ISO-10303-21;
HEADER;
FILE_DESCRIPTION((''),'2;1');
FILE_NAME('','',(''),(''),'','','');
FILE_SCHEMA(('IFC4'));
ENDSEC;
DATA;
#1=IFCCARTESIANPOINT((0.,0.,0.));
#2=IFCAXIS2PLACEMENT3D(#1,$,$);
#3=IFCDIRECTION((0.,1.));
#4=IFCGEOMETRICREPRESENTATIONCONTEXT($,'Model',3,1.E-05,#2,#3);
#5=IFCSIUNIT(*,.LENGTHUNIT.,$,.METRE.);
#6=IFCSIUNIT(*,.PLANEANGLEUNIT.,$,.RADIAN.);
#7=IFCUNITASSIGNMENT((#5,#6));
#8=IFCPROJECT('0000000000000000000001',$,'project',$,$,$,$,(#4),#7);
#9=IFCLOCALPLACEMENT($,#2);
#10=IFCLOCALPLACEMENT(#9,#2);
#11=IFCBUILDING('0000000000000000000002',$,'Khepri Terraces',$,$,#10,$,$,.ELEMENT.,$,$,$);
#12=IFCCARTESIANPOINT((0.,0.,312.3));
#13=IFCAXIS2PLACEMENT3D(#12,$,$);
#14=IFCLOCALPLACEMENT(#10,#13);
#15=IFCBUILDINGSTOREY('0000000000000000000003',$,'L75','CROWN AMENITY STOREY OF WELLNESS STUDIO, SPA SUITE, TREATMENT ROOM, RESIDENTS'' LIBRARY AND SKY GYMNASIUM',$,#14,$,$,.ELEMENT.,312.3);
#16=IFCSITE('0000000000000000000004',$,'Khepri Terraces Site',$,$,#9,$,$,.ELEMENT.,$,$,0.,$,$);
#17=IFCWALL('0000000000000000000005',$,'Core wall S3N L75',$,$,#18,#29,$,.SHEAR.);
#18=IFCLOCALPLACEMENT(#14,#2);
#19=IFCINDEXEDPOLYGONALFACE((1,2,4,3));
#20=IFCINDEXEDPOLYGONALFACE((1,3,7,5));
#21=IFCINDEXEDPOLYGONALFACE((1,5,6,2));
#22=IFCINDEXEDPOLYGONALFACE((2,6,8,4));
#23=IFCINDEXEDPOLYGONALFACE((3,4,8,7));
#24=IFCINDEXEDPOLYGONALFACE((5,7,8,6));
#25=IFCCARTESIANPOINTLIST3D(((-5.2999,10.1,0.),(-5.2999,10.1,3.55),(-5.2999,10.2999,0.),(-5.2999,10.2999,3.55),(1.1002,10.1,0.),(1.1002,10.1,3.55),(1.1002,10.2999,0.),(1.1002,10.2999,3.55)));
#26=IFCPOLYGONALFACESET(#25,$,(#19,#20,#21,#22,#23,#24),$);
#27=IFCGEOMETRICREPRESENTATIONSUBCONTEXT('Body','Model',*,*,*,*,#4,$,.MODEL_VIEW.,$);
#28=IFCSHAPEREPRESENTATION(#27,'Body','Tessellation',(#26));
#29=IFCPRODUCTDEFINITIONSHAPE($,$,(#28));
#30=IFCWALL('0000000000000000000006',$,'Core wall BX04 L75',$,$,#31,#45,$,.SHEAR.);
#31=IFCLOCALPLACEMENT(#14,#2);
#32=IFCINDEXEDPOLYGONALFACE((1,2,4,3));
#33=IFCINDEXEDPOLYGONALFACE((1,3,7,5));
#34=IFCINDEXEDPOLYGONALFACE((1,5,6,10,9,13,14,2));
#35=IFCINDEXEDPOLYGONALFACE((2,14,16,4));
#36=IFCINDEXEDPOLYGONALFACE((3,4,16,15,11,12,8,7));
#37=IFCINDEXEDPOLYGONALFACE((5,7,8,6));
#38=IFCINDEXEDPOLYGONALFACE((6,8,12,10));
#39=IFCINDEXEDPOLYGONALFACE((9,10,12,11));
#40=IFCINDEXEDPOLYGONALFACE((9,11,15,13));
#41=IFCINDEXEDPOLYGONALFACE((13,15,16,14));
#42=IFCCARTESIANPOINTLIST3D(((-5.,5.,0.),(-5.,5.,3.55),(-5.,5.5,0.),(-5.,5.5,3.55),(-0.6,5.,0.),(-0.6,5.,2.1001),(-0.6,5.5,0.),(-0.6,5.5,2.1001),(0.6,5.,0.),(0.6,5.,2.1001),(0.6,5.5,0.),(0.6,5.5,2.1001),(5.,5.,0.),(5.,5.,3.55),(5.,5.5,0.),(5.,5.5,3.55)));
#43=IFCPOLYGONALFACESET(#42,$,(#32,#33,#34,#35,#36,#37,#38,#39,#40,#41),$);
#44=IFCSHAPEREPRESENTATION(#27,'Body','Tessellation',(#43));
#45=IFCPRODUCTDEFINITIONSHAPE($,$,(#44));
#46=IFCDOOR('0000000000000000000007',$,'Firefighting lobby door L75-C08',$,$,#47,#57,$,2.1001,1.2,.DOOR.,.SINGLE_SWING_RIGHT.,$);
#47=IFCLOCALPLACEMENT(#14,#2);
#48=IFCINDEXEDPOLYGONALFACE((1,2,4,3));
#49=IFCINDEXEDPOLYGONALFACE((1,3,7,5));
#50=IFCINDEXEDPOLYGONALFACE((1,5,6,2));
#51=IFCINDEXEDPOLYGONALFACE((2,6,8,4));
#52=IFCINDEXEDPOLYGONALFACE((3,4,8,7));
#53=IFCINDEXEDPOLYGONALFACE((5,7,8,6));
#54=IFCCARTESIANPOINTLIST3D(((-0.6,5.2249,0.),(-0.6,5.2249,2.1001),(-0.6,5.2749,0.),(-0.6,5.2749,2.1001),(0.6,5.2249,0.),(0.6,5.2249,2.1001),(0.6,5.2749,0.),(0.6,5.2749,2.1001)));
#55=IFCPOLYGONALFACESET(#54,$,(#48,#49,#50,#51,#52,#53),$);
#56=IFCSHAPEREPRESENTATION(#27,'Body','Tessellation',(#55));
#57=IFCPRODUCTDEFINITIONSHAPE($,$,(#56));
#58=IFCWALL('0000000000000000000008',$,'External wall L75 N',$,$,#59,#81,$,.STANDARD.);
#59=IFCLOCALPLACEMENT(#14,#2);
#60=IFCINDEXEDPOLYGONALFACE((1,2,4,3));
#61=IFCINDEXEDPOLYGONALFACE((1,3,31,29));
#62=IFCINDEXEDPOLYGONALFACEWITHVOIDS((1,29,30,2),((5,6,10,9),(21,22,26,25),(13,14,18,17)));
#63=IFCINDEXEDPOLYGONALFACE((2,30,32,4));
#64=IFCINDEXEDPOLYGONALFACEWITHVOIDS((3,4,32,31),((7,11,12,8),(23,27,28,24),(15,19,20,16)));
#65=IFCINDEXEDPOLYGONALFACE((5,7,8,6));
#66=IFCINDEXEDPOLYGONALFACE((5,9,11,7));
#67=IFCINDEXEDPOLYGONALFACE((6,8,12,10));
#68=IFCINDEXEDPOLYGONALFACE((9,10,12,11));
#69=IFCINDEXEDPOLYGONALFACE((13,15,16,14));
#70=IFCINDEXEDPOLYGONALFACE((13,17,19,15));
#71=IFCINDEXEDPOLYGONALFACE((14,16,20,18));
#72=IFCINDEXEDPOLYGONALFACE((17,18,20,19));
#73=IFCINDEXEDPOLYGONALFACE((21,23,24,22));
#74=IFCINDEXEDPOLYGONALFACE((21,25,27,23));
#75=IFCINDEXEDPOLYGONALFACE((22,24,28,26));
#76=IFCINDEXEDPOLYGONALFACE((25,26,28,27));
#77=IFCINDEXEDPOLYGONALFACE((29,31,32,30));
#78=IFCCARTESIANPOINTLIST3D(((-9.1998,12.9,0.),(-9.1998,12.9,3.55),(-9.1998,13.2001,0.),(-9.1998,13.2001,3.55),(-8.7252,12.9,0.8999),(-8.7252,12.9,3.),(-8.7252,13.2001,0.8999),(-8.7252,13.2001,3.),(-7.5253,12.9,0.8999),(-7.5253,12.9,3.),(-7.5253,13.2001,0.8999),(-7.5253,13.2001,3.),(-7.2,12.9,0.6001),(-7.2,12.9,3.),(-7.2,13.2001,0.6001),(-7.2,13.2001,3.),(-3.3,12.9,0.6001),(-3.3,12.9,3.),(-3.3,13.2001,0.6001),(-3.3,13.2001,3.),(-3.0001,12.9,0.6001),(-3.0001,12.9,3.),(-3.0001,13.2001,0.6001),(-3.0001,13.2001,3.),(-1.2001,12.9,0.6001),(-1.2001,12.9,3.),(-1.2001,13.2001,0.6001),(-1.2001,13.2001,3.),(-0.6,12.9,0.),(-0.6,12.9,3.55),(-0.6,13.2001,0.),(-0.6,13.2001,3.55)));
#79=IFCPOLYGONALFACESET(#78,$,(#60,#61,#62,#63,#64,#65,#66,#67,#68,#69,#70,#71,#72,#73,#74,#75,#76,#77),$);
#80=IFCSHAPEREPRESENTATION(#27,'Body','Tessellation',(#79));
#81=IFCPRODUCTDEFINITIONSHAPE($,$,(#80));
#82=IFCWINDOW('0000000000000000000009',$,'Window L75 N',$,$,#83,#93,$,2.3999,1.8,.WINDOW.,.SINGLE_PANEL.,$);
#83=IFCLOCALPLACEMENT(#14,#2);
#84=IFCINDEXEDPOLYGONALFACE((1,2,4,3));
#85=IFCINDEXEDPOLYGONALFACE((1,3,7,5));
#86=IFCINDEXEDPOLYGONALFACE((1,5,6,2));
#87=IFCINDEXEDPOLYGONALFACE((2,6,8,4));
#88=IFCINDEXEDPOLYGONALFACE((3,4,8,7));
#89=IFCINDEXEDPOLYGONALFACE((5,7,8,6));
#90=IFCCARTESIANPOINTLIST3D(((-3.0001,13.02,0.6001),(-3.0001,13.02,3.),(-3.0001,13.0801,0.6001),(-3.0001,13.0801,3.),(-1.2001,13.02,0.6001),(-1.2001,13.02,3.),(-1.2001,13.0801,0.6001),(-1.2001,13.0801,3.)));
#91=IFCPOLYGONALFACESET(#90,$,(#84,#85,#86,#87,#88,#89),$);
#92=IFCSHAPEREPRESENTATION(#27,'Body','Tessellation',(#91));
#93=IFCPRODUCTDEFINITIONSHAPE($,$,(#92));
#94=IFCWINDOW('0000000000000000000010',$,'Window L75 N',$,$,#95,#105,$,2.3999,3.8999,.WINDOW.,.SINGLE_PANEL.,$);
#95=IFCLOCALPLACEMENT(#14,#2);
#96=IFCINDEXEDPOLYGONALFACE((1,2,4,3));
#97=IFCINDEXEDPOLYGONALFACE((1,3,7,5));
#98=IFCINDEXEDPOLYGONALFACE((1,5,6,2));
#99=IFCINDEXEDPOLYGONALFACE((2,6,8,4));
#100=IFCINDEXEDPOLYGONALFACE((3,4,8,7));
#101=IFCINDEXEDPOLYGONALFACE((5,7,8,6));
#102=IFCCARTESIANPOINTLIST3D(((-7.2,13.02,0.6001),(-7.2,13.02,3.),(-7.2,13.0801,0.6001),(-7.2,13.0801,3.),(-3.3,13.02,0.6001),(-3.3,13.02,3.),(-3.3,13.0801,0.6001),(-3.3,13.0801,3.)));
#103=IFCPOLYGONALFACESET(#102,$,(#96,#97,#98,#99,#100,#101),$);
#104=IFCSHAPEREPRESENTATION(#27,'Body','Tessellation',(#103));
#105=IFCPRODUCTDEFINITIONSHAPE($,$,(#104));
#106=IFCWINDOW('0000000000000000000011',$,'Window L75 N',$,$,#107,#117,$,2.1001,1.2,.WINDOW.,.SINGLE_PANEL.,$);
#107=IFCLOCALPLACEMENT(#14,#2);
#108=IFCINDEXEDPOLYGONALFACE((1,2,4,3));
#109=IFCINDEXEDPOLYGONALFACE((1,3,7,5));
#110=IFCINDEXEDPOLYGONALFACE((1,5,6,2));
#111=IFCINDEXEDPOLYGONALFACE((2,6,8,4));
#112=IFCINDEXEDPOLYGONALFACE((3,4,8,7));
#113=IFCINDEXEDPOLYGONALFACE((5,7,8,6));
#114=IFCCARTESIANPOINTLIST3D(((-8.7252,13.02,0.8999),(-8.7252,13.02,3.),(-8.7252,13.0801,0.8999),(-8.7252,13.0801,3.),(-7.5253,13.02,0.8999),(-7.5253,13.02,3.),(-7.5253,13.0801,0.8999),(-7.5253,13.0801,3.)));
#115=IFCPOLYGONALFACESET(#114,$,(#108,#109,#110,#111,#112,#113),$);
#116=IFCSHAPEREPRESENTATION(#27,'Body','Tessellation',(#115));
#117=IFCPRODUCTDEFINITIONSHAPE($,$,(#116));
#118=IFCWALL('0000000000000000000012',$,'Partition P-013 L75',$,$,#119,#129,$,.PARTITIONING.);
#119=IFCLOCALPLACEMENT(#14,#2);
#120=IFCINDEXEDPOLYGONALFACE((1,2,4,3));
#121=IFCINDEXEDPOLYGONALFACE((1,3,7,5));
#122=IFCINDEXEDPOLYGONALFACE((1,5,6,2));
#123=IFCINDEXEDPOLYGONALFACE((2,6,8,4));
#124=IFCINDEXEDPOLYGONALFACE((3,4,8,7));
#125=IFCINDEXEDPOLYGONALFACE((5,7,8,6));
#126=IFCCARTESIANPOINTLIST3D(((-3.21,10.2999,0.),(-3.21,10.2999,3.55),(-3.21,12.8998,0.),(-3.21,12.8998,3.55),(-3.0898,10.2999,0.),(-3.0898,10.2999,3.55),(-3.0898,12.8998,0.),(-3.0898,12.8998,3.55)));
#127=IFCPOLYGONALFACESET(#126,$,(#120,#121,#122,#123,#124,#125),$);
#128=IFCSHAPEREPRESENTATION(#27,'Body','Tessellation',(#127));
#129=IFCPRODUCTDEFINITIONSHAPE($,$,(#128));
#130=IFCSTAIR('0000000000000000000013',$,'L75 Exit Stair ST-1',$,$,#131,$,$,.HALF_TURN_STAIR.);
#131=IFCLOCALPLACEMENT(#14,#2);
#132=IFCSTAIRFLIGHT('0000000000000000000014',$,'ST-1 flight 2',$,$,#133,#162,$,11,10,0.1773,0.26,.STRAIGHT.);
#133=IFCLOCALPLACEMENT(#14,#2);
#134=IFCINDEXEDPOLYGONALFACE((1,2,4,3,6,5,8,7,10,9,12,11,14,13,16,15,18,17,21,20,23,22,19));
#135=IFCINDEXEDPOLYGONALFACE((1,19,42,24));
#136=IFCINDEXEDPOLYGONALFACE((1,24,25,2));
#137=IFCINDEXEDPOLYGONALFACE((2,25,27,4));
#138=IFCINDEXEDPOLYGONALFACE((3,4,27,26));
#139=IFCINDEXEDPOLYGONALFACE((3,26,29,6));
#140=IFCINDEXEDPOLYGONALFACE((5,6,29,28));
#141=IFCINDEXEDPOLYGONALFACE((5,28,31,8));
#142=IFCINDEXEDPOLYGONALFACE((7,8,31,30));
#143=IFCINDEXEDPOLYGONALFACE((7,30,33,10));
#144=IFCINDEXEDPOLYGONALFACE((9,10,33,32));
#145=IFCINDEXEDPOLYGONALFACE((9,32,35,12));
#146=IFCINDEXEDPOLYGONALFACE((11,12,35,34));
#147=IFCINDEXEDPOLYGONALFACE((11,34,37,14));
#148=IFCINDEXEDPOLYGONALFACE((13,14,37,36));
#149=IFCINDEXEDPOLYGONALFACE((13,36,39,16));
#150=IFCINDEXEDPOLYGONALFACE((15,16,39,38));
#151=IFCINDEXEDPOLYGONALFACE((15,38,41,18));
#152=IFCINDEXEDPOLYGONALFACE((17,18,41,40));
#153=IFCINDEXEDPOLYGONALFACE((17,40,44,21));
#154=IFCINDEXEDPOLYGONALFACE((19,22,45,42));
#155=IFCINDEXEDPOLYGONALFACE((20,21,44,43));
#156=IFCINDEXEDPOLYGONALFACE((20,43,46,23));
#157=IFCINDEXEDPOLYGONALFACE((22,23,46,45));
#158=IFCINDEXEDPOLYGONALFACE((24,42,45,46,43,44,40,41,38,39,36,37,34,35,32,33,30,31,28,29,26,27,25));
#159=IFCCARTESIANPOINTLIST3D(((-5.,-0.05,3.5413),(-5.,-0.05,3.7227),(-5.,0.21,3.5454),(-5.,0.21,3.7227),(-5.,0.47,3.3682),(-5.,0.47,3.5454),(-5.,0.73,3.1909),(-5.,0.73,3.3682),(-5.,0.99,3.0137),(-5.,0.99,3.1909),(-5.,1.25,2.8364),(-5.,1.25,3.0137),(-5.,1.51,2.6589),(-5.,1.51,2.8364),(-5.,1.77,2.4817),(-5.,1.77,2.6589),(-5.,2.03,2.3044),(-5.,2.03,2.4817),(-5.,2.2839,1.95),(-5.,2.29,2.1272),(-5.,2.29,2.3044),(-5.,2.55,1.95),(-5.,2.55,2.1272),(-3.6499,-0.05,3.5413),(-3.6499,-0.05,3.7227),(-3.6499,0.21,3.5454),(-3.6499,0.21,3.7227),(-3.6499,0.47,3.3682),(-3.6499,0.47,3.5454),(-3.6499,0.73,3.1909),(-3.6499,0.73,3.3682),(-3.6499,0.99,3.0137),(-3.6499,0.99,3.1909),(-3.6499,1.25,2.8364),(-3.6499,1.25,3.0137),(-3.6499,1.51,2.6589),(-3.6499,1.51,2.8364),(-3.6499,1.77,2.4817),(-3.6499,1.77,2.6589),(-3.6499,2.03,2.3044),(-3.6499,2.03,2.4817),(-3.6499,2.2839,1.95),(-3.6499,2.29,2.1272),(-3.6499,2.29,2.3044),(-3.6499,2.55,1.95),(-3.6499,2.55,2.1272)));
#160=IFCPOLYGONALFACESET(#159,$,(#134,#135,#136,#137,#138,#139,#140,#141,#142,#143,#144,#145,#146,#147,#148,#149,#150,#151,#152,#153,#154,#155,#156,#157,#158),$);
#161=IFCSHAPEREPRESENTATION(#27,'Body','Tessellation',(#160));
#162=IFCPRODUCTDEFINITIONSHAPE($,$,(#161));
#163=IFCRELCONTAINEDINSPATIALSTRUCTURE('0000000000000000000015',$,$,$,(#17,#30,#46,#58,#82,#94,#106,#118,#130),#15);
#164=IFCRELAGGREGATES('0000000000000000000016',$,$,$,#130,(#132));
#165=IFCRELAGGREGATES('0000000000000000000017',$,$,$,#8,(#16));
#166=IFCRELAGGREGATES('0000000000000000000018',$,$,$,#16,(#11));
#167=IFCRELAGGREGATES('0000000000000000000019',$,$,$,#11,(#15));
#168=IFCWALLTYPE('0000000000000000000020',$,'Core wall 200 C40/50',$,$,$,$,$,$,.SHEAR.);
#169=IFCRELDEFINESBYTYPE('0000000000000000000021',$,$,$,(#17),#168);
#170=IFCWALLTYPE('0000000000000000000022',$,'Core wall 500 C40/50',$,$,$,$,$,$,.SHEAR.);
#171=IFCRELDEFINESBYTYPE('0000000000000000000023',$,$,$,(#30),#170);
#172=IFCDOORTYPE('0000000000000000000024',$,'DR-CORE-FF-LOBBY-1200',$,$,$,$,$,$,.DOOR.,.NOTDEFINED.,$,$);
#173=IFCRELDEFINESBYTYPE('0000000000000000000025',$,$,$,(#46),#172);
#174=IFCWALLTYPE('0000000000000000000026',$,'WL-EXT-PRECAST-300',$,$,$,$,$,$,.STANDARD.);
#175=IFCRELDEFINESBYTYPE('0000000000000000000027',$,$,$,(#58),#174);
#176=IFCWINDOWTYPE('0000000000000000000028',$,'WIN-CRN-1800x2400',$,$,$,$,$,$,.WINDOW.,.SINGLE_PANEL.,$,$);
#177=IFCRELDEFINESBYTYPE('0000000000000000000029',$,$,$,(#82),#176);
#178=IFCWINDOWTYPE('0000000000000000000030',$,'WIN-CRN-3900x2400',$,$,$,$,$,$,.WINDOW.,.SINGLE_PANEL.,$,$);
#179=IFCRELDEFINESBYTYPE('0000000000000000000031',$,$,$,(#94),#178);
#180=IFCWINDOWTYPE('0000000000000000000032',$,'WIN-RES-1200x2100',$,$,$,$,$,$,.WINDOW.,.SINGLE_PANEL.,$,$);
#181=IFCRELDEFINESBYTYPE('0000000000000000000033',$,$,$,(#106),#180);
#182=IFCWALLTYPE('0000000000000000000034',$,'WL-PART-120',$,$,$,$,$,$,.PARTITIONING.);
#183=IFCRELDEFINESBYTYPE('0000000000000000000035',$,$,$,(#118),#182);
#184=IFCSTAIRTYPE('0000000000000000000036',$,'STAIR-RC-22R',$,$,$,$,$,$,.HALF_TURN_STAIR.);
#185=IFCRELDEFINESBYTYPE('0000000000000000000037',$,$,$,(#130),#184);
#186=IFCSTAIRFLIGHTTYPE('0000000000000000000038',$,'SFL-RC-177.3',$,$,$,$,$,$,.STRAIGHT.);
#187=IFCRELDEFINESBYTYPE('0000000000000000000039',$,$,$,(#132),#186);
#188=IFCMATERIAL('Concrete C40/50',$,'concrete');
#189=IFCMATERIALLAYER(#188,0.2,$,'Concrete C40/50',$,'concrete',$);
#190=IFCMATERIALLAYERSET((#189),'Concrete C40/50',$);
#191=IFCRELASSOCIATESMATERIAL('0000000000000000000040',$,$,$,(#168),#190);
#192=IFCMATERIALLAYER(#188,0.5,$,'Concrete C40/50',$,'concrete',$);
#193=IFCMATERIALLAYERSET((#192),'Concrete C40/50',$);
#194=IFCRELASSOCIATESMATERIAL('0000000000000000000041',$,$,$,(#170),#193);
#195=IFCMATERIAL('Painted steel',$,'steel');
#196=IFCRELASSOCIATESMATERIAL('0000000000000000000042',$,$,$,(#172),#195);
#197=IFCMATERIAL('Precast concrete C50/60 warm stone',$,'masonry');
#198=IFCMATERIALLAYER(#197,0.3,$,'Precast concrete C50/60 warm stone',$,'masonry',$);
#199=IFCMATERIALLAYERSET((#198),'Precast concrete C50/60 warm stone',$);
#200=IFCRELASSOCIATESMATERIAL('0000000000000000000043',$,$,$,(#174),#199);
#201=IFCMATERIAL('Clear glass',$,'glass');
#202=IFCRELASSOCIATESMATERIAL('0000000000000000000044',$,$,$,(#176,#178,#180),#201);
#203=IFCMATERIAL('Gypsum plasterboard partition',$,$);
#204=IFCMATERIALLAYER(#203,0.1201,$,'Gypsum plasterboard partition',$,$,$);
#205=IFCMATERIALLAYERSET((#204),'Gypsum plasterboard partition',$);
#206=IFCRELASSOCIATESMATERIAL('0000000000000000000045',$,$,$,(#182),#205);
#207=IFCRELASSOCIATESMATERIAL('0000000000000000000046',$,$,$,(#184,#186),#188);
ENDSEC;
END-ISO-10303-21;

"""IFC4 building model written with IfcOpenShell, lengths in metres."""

from ifc_helpers import new_model, si_unit, direction, frame, frame_2d, origin, place, context, subcontext, project, spatial, polyline, rectangle, outline, extrude, material, layer, layer_set, type_object, element, fill, aggregate, save


model = new_model("IFC4")

# Units and contexts
model_context = context("Model", 3, precision=1e-05, world=origin(), true_north=direction((0.0, 1.0)))
body_context = subcontext(model_context, "Body", "Model", "MODEL_VIEW")
ifc_project = project(units=[si_unit("LENGTHUNIT", "METRE"), si_unit("PLANEANGLEUNIT", "RADIAN")], contexts=[model_context])

# Site, building, storey
site_placement = place(None, origin())
site = spatial("IfcSite", under=ifc_project, at=site_placement, Name="Khepri Terraces Site", CompositionType="ELEMENT", RefElevation=0.0)
building_placement = place(site_placement, origin())
building = spatial("IfcBuilding", under=site, at=building_placement, Name="Khepri Terraces", CompositionType="ELEMENT")
storey_placement = place(building_placement, frame((0.0, 0.0, 312.3)))
storey = spatial("IfcBuildingStorey", under=building, at=storey_placement, Name="L75", Description="CROWN AMENITY STOREY OF WELLNESS STUDIO, SPA SUITE, TREATMENT ROOM, RESIDENTS' LIBRARY AND SKY GYMNASIUM", CompositionType="ELEMENT", Elevation=312.3)

# Shared definitions
ifc_material_1 = material(Name="Concrete C40/50", Category="concrete")

# Wall
ifc_layer_1 = layer(ifc_material_1, 0.2, Name="Concrete C40/50", Category="concrete")
ifc_layer_set_1 = layer_set([ifc_layer_1], Name="Concrete C40/50")
wall_type_1 = type_object("IfcWallType", Name="Core wall 200 C40/50", PredefinedType="SHEAR", material=ifc_layer_set_1)
wall_1_placement = place(storey_placement, frame((-5.3, 10.2, 0.0), z_axis=(0.0, 0.0, 1.0), x_axis=(1.0, 0.0, 0.0)))
element("IfcWall", 1, at=wall_1_placement, inside=storey, type_object=wall_type_1, Name="Core wall S3N L75", PredefinedType="SHEAR", context=body_context, shape_type="SweptSolid", body=[
    extrude(rectangle(XDim=6.4001, YDim=0.2, at=frame_2d((3.2002, 0.0))), origin(), (0.0, 0.0, 1.0), 3.55),
])

# Wall, opening, door
ifc_layer_2 = layer(ifc_material_1, 0.5, Name="Concrete C40/50", Category="concrete")
ifc_layer_set_2 = layer_set([ifc_layer_2], Name="Concrete C40/50")
wall_type_2 = type_object("IfcWallType", Name="Core wall 500 C40/50", PredefinedType="SHEAR", material=ifc_layer_set_2)
wall_2_placement = place(storey_placement, frame((-5.0, 5.25, 0.0), z_axis=(0.0, 0.0, 1.0), x_axis=(1.0, 0.0, 0.0)))
wall_2 = element("IfcWall", 2, at=wall_2_placement, inside=storey, type_object=wall_type_2, Name="Core wall BX04 L75", PredefinedType="SHEAR", context=body_context, shape_type="SweptSolid", body=[
    extrude(rectangle(XDim=10.0, YDim=0.5, at=frame_2d((5.0, 0.0))), origin(), (0.0, 0.0, 1.0), 3.55),
])
opening_1_placement = place(wall_2_placement, frame((4.3999, 0.0, 0.0)))
opening_1 = element("IfcOpeningElement", 3, at=opening_1_placement, cuts=wall_2, PredefinedType="OPENING", context=body_context, shape_type="SweptSolid", body=[
    extrude(rectangle(XDim=1.2, YDim=2.1001, at=frame_2d((0.6001, 1.05))), frame((0.0, 0.26, 0.0), z_axis=(0.0, -1.0, 0.0), x_axis=(1.0, 0.0, 0.0)), (0.0, 0.0, 1.0), 0.52),
])
ifc_material_2 = material(Name="Painted steel", Category="steel")
door_type = type_object("IfcDoorType", Name="DR-CORE-FF-LOBBY-1200", OperationType="NOTDEFINED", PredefinedType="DOOR", material=ifc_material_2)
door_placement = place(opening_1_placement, origin())
door = element("IfcDoor", 4, at=door_placement, inside=storey, type_object=door_type, Name="Firefighting lobby door L75-C08", OperationType="SINGLE_SWING_RIGHT", OverallHeight=2.1001, OverallWidth=1.2, PredefinedType="DOOR", context=body_context, shape_type="SweptSolid", body=[
    extrude(rectangle(XDim=1.2, YDim=2.1001, at=frame_2d((0.6001, 1.05))), frame((0.0, 0.0249, 0.0), z_axis=(0.0, -1.0, 0.0), x_axis=(1.0, 0.0, 0.0)), (0.0, 0.0, 1.0), 0.05),
])
fill(opening_1, door)

# Wall, openings, windows
ifc_material_3 = material(Name="Precast concrete C50/60 warm stone", Category="masonry")
ifc_layer_3 = layer(ifc_material_3, 0.3, Name="Precast concrete C50/60 warm stone", Category="masonry")
ifc_layer_set_3 = layer_set([ifc_layer_3], Name="Precast concrete C50/60 warm stone")
wall_type_3 = type_object("IfcWallType", Name="WL-EXT-PRECAST-300", PredefinedType="STANDARD", material=ifc_layer_set_3)
wall_3_placement = place(storey_placement, frame((-0.6001, 13.05, 0.0), z_axis=(0.0, 0.0, 1.0), x_axis=(-1.0, 0.0, 0.0)))
wall_3 = element("IfcWall", 5, at=wall_3_placement, inside=storey, type_object=wall_type_3, Name="External wall L75 N", PredefinedType="STANDARD", context=body_context, shape_type="SweptSolid", body=[
    extrude(rectangle(XDim=8.5999, YDim=0.3, at=frame_2d((4.2998, 0.0))), origin(), (0.0, 0.0, 1.0), 3.55),
])
opening_2_placement = place(wall_3_placement, frame((0.6001, 0.0, 0.6001)))
opening_2 = element("IfcOpeningElement", 6, at=opening_2_placement, cuts=wall_3, PredefinedType="OPENING", context=body_context, shape_type="SweptSolid", body=[
    extrude(rectangle(XDim=1.8, YDim=2.3999, at=frame_2d((0.8999, 1.2))), frame((0.0, 0.1602, 0.0), z_axis=(0.0, -1.0, 0.0), x_axis=(1.0, 0.0, 0.0)), (0.0, 0.0, 1.0), 0.3201),
])
opening_3_placement = place(wall_3_placement, frame((2.7, 0.0, 0.6001)))
opening_3 = element("IfcOpeningElement", 7, at=opening_3_placement, cuts=wall_3, PredefinedType="OPENING", context=body_context, shape_type="SweptSolid", body=[
    extrude(rectangle(XDim=3.8999, YDim=2.3999, at=frame_2d((1.95, 1.2))), frame((0.0, 0.1602, 0.0), z_axis=(0.0, -1.0, 0.0), x_axis=(1.0, 0.0, 0.0)), (0.0, 0.0, 1.0), 0.3201),
])
opening_4_placement = place(wall_3_placement, frame((6.925, 0.0, 0.8999)))
opening_4 = element("IfcOpeningElement", 8, at=opening_4_placement, cuts=wall_3, PredefinedType="OPENING", context=body_context, shape_type="SweptSolid", body=[
    extrude(rectangle(XDim=1.2, YDim=2.1001, at=frame_2d((0.6001, 1.05))), frame((0.0, 0.1602, 0.0), z_axis=(0.0, -1.0, 0.0), x_axis=(1.0, 0.0, 0.0)), (0.0, 0.0, 1.0), 0.3201),
])
ifc_material_4 = material(Name="Clear glass", Category="glass")
window_type_1 = type_object("IfcWindowType", Name="WIN-CRN-1800x2400", PartitioningType="SINGLE_PANEL", PredefinedType="WINDOW", material=ifc_material_4)
window_1_placement = place(opening_2_placement, origin())
window_1 = element("IfcWindow", 9, at=window_1_placement, inside=storey, type_object=window_type_1, Name="Window L75 N", OverallHeight=2.3999, OverallWidth=1.8, PartitioningType="SINGLE_PANEL", PredefinedType="WINDOW", context=body_context, shape_type="SweptSolid", body=[
    extrude(rectangle(XDim=1.8, YDim=2.3999, at=frame_2d((0.8999, 1.2))), frame((0.0, 0.03, 0.0), z_axis=(0.0, -1.0, 0.0), x_axis=(1.0, 0.0, 0.0)), (0.0, 0.0, 1.0), 0.0601),
])
fill(opening_2, window_1)
window_type_2 = type_object("IfcWindowType", Name="WIN-CRN-3900x2400", PartitioningType="SINGLE_PANEL", PredefinedType="WINDOW", material=ifc_material_4)
window_2_placement = place(opening_3_placement, origin())
window_2 = element("IfcWindow", 10, at=window_2_placement, inside=storey, type_object=window_type_2, Name="Window L75 N", OverallHeight=2.3999, OverallWidth=3.8999, PartitioningType="SINGLE_PANEL", PredefinedType="WINDOW", context=body_context, shape_type="SweptSolid", body=[
    extrude(rectangle(XDim=3.8999, YDim=2.3999, at=frame_2d((1.95, 1.2))), frame((0.0, 0.03, 0.0), z_axis=(0.0, -1.0, 0.0), x_axis=(1.0, 0.0, 0.0)), (0.0, 0.0, 1.0), 0.0601),
])
fill(opening_3, window_2)
window_type_3 = type_object("IfcWindowType", Name="WIN-RES-1200x2100", PartitioningType="SINGLE_PANEL", PredefinedType="WINDOW", material=ifc_material_4)
window_3_placement = place(opening_4_placement, origin())
window_3 = element("IfcWindow", 11, at=window_3_placement, inside=storey, type_object=window_type_3, Name="Window L75 N", OverallHeight=2.1001, OverallWidth=1.2, PartitioningType="SINGLE_PANEL", PredefinedType="WINDOW", context=body_context, shape_type="SweptSolid", body=[
    extrude(rectangle(XDim=1.2, YDim=2.1001, at=frame_2d((0.6001, 1.05))), frame((0.0, 0.03, 0.0), z_axis=(0.0, -1.0, 0.0), x_axis=(1.0, 0.0, 0.0)), (0.0, 0.0, 1.0), 0.0601),
])
fill(opening_4, window_3)

# Wall
ifc_material_5 = material(Name="Gypsum plasterboard partition")
ifc_layer_4 = layer(ifc_material_5, 0.1201, Name="Gypsum plasterboard partition")
ifc_layer_set_4 = layer_set([ifc_layer_4], Name="Gypsum plasterboard partition")
wall_type_4 = type_object("IfcWallType", Name="WL-PART-120", PredefinedType="PARTITIONING", material=ifc_layer_set_4)
wall_4_placement = place(storey_placement, frame((-3.1499, 10.3, 0.0), z_axis=(0.0, 0.0, 1.0), x_axis=(0.0, 1.0, 0.0)))
element("IfcWall", 12, at=wall_4_placement, inside=storey, type_object=wall_type_4, Name="Partition P-013 L75", PredefinedType="PARTITIONING", context=body_context, shape_type="SweptSolid", body=[
    extrude(rectangle(XDim=2.5999, YDim=0.1201, at=frame_2d((1.2998, 0.0))), origin(), (0.0, 0.0, 1.0), 3.55),
])

# Stair, stair flight
stair_type = type_object("IfcStairType", Name="STAIR-RC-22R", PredefinedType="HALF_TURN_STAIR", material=ifc_material_1)
stair_placement = place(storey_placement, origin())
stair = element("IfcStair", 13, at=stair_placement, inside=storey, type_object=stair_type, Name="L75 Exit Stair ST-1", PredefinedType="HALF_TURN_STAIR")
stair_flight_type = type_object("IfcStairFlightType", Name="SFL-RC-177.3", PredefinedType="STRAIGHT", material=ifc_material_1)
stair_flight_placement = place(storey_placement, frame((-4.325, 2.55, 1.95), z_axis=(0.0, 0.0, 1.0), x_axis=(0.0, -1.0, 0.0)))
stair_flight = element("IfcStairFlight", 14, at=stair_flight_placement, type_object=stair_flight_type, Name="ST-1 flight 2", NumberOfRisers=11, NumberOfTreads=10, PredefinedType="STRAIGHT", RiserHeight=0.1773, TreadLength=0.26, context=body_context, shape_type="SweptSolid", body=[
    extrude(outline(polyline([(0.0, 0.0), (0.0, 0.1772), (0.26, 0.1772), (0.26, 0.3545), (0.52, 0.3545), (0.52, 0.5317), (0.78, 0.5317), (0.78, 0.709), (1.04, 0.709), (1.04, 0.8865), (1.3, 0.8865), (1.3, 1.0637), (1.5601, 1.0637), (1.5601, 1.241), (1.8201, 1.241), (1.8201, 1.4182), (2.0801, 1.4182), (2.0801, 1.5955), (2.3401, 1.5955), (2.3401, 1.7727), (2.6001, 1.7727), (2.6001, 1.95), (2.6001, 1.5913), (0.2661, 0.0), (0.0, 0.0)])), frame((0.0, 0.675, 0.0), z_axis=(0.0, -1.0, 0.0), x_axis=(1.0, 0.0, 0.0)), (0.0, 0.0, 1.0), 1.3501),
])
aggregate(stair, [stair_flight])

save(model, "model.ifc")
